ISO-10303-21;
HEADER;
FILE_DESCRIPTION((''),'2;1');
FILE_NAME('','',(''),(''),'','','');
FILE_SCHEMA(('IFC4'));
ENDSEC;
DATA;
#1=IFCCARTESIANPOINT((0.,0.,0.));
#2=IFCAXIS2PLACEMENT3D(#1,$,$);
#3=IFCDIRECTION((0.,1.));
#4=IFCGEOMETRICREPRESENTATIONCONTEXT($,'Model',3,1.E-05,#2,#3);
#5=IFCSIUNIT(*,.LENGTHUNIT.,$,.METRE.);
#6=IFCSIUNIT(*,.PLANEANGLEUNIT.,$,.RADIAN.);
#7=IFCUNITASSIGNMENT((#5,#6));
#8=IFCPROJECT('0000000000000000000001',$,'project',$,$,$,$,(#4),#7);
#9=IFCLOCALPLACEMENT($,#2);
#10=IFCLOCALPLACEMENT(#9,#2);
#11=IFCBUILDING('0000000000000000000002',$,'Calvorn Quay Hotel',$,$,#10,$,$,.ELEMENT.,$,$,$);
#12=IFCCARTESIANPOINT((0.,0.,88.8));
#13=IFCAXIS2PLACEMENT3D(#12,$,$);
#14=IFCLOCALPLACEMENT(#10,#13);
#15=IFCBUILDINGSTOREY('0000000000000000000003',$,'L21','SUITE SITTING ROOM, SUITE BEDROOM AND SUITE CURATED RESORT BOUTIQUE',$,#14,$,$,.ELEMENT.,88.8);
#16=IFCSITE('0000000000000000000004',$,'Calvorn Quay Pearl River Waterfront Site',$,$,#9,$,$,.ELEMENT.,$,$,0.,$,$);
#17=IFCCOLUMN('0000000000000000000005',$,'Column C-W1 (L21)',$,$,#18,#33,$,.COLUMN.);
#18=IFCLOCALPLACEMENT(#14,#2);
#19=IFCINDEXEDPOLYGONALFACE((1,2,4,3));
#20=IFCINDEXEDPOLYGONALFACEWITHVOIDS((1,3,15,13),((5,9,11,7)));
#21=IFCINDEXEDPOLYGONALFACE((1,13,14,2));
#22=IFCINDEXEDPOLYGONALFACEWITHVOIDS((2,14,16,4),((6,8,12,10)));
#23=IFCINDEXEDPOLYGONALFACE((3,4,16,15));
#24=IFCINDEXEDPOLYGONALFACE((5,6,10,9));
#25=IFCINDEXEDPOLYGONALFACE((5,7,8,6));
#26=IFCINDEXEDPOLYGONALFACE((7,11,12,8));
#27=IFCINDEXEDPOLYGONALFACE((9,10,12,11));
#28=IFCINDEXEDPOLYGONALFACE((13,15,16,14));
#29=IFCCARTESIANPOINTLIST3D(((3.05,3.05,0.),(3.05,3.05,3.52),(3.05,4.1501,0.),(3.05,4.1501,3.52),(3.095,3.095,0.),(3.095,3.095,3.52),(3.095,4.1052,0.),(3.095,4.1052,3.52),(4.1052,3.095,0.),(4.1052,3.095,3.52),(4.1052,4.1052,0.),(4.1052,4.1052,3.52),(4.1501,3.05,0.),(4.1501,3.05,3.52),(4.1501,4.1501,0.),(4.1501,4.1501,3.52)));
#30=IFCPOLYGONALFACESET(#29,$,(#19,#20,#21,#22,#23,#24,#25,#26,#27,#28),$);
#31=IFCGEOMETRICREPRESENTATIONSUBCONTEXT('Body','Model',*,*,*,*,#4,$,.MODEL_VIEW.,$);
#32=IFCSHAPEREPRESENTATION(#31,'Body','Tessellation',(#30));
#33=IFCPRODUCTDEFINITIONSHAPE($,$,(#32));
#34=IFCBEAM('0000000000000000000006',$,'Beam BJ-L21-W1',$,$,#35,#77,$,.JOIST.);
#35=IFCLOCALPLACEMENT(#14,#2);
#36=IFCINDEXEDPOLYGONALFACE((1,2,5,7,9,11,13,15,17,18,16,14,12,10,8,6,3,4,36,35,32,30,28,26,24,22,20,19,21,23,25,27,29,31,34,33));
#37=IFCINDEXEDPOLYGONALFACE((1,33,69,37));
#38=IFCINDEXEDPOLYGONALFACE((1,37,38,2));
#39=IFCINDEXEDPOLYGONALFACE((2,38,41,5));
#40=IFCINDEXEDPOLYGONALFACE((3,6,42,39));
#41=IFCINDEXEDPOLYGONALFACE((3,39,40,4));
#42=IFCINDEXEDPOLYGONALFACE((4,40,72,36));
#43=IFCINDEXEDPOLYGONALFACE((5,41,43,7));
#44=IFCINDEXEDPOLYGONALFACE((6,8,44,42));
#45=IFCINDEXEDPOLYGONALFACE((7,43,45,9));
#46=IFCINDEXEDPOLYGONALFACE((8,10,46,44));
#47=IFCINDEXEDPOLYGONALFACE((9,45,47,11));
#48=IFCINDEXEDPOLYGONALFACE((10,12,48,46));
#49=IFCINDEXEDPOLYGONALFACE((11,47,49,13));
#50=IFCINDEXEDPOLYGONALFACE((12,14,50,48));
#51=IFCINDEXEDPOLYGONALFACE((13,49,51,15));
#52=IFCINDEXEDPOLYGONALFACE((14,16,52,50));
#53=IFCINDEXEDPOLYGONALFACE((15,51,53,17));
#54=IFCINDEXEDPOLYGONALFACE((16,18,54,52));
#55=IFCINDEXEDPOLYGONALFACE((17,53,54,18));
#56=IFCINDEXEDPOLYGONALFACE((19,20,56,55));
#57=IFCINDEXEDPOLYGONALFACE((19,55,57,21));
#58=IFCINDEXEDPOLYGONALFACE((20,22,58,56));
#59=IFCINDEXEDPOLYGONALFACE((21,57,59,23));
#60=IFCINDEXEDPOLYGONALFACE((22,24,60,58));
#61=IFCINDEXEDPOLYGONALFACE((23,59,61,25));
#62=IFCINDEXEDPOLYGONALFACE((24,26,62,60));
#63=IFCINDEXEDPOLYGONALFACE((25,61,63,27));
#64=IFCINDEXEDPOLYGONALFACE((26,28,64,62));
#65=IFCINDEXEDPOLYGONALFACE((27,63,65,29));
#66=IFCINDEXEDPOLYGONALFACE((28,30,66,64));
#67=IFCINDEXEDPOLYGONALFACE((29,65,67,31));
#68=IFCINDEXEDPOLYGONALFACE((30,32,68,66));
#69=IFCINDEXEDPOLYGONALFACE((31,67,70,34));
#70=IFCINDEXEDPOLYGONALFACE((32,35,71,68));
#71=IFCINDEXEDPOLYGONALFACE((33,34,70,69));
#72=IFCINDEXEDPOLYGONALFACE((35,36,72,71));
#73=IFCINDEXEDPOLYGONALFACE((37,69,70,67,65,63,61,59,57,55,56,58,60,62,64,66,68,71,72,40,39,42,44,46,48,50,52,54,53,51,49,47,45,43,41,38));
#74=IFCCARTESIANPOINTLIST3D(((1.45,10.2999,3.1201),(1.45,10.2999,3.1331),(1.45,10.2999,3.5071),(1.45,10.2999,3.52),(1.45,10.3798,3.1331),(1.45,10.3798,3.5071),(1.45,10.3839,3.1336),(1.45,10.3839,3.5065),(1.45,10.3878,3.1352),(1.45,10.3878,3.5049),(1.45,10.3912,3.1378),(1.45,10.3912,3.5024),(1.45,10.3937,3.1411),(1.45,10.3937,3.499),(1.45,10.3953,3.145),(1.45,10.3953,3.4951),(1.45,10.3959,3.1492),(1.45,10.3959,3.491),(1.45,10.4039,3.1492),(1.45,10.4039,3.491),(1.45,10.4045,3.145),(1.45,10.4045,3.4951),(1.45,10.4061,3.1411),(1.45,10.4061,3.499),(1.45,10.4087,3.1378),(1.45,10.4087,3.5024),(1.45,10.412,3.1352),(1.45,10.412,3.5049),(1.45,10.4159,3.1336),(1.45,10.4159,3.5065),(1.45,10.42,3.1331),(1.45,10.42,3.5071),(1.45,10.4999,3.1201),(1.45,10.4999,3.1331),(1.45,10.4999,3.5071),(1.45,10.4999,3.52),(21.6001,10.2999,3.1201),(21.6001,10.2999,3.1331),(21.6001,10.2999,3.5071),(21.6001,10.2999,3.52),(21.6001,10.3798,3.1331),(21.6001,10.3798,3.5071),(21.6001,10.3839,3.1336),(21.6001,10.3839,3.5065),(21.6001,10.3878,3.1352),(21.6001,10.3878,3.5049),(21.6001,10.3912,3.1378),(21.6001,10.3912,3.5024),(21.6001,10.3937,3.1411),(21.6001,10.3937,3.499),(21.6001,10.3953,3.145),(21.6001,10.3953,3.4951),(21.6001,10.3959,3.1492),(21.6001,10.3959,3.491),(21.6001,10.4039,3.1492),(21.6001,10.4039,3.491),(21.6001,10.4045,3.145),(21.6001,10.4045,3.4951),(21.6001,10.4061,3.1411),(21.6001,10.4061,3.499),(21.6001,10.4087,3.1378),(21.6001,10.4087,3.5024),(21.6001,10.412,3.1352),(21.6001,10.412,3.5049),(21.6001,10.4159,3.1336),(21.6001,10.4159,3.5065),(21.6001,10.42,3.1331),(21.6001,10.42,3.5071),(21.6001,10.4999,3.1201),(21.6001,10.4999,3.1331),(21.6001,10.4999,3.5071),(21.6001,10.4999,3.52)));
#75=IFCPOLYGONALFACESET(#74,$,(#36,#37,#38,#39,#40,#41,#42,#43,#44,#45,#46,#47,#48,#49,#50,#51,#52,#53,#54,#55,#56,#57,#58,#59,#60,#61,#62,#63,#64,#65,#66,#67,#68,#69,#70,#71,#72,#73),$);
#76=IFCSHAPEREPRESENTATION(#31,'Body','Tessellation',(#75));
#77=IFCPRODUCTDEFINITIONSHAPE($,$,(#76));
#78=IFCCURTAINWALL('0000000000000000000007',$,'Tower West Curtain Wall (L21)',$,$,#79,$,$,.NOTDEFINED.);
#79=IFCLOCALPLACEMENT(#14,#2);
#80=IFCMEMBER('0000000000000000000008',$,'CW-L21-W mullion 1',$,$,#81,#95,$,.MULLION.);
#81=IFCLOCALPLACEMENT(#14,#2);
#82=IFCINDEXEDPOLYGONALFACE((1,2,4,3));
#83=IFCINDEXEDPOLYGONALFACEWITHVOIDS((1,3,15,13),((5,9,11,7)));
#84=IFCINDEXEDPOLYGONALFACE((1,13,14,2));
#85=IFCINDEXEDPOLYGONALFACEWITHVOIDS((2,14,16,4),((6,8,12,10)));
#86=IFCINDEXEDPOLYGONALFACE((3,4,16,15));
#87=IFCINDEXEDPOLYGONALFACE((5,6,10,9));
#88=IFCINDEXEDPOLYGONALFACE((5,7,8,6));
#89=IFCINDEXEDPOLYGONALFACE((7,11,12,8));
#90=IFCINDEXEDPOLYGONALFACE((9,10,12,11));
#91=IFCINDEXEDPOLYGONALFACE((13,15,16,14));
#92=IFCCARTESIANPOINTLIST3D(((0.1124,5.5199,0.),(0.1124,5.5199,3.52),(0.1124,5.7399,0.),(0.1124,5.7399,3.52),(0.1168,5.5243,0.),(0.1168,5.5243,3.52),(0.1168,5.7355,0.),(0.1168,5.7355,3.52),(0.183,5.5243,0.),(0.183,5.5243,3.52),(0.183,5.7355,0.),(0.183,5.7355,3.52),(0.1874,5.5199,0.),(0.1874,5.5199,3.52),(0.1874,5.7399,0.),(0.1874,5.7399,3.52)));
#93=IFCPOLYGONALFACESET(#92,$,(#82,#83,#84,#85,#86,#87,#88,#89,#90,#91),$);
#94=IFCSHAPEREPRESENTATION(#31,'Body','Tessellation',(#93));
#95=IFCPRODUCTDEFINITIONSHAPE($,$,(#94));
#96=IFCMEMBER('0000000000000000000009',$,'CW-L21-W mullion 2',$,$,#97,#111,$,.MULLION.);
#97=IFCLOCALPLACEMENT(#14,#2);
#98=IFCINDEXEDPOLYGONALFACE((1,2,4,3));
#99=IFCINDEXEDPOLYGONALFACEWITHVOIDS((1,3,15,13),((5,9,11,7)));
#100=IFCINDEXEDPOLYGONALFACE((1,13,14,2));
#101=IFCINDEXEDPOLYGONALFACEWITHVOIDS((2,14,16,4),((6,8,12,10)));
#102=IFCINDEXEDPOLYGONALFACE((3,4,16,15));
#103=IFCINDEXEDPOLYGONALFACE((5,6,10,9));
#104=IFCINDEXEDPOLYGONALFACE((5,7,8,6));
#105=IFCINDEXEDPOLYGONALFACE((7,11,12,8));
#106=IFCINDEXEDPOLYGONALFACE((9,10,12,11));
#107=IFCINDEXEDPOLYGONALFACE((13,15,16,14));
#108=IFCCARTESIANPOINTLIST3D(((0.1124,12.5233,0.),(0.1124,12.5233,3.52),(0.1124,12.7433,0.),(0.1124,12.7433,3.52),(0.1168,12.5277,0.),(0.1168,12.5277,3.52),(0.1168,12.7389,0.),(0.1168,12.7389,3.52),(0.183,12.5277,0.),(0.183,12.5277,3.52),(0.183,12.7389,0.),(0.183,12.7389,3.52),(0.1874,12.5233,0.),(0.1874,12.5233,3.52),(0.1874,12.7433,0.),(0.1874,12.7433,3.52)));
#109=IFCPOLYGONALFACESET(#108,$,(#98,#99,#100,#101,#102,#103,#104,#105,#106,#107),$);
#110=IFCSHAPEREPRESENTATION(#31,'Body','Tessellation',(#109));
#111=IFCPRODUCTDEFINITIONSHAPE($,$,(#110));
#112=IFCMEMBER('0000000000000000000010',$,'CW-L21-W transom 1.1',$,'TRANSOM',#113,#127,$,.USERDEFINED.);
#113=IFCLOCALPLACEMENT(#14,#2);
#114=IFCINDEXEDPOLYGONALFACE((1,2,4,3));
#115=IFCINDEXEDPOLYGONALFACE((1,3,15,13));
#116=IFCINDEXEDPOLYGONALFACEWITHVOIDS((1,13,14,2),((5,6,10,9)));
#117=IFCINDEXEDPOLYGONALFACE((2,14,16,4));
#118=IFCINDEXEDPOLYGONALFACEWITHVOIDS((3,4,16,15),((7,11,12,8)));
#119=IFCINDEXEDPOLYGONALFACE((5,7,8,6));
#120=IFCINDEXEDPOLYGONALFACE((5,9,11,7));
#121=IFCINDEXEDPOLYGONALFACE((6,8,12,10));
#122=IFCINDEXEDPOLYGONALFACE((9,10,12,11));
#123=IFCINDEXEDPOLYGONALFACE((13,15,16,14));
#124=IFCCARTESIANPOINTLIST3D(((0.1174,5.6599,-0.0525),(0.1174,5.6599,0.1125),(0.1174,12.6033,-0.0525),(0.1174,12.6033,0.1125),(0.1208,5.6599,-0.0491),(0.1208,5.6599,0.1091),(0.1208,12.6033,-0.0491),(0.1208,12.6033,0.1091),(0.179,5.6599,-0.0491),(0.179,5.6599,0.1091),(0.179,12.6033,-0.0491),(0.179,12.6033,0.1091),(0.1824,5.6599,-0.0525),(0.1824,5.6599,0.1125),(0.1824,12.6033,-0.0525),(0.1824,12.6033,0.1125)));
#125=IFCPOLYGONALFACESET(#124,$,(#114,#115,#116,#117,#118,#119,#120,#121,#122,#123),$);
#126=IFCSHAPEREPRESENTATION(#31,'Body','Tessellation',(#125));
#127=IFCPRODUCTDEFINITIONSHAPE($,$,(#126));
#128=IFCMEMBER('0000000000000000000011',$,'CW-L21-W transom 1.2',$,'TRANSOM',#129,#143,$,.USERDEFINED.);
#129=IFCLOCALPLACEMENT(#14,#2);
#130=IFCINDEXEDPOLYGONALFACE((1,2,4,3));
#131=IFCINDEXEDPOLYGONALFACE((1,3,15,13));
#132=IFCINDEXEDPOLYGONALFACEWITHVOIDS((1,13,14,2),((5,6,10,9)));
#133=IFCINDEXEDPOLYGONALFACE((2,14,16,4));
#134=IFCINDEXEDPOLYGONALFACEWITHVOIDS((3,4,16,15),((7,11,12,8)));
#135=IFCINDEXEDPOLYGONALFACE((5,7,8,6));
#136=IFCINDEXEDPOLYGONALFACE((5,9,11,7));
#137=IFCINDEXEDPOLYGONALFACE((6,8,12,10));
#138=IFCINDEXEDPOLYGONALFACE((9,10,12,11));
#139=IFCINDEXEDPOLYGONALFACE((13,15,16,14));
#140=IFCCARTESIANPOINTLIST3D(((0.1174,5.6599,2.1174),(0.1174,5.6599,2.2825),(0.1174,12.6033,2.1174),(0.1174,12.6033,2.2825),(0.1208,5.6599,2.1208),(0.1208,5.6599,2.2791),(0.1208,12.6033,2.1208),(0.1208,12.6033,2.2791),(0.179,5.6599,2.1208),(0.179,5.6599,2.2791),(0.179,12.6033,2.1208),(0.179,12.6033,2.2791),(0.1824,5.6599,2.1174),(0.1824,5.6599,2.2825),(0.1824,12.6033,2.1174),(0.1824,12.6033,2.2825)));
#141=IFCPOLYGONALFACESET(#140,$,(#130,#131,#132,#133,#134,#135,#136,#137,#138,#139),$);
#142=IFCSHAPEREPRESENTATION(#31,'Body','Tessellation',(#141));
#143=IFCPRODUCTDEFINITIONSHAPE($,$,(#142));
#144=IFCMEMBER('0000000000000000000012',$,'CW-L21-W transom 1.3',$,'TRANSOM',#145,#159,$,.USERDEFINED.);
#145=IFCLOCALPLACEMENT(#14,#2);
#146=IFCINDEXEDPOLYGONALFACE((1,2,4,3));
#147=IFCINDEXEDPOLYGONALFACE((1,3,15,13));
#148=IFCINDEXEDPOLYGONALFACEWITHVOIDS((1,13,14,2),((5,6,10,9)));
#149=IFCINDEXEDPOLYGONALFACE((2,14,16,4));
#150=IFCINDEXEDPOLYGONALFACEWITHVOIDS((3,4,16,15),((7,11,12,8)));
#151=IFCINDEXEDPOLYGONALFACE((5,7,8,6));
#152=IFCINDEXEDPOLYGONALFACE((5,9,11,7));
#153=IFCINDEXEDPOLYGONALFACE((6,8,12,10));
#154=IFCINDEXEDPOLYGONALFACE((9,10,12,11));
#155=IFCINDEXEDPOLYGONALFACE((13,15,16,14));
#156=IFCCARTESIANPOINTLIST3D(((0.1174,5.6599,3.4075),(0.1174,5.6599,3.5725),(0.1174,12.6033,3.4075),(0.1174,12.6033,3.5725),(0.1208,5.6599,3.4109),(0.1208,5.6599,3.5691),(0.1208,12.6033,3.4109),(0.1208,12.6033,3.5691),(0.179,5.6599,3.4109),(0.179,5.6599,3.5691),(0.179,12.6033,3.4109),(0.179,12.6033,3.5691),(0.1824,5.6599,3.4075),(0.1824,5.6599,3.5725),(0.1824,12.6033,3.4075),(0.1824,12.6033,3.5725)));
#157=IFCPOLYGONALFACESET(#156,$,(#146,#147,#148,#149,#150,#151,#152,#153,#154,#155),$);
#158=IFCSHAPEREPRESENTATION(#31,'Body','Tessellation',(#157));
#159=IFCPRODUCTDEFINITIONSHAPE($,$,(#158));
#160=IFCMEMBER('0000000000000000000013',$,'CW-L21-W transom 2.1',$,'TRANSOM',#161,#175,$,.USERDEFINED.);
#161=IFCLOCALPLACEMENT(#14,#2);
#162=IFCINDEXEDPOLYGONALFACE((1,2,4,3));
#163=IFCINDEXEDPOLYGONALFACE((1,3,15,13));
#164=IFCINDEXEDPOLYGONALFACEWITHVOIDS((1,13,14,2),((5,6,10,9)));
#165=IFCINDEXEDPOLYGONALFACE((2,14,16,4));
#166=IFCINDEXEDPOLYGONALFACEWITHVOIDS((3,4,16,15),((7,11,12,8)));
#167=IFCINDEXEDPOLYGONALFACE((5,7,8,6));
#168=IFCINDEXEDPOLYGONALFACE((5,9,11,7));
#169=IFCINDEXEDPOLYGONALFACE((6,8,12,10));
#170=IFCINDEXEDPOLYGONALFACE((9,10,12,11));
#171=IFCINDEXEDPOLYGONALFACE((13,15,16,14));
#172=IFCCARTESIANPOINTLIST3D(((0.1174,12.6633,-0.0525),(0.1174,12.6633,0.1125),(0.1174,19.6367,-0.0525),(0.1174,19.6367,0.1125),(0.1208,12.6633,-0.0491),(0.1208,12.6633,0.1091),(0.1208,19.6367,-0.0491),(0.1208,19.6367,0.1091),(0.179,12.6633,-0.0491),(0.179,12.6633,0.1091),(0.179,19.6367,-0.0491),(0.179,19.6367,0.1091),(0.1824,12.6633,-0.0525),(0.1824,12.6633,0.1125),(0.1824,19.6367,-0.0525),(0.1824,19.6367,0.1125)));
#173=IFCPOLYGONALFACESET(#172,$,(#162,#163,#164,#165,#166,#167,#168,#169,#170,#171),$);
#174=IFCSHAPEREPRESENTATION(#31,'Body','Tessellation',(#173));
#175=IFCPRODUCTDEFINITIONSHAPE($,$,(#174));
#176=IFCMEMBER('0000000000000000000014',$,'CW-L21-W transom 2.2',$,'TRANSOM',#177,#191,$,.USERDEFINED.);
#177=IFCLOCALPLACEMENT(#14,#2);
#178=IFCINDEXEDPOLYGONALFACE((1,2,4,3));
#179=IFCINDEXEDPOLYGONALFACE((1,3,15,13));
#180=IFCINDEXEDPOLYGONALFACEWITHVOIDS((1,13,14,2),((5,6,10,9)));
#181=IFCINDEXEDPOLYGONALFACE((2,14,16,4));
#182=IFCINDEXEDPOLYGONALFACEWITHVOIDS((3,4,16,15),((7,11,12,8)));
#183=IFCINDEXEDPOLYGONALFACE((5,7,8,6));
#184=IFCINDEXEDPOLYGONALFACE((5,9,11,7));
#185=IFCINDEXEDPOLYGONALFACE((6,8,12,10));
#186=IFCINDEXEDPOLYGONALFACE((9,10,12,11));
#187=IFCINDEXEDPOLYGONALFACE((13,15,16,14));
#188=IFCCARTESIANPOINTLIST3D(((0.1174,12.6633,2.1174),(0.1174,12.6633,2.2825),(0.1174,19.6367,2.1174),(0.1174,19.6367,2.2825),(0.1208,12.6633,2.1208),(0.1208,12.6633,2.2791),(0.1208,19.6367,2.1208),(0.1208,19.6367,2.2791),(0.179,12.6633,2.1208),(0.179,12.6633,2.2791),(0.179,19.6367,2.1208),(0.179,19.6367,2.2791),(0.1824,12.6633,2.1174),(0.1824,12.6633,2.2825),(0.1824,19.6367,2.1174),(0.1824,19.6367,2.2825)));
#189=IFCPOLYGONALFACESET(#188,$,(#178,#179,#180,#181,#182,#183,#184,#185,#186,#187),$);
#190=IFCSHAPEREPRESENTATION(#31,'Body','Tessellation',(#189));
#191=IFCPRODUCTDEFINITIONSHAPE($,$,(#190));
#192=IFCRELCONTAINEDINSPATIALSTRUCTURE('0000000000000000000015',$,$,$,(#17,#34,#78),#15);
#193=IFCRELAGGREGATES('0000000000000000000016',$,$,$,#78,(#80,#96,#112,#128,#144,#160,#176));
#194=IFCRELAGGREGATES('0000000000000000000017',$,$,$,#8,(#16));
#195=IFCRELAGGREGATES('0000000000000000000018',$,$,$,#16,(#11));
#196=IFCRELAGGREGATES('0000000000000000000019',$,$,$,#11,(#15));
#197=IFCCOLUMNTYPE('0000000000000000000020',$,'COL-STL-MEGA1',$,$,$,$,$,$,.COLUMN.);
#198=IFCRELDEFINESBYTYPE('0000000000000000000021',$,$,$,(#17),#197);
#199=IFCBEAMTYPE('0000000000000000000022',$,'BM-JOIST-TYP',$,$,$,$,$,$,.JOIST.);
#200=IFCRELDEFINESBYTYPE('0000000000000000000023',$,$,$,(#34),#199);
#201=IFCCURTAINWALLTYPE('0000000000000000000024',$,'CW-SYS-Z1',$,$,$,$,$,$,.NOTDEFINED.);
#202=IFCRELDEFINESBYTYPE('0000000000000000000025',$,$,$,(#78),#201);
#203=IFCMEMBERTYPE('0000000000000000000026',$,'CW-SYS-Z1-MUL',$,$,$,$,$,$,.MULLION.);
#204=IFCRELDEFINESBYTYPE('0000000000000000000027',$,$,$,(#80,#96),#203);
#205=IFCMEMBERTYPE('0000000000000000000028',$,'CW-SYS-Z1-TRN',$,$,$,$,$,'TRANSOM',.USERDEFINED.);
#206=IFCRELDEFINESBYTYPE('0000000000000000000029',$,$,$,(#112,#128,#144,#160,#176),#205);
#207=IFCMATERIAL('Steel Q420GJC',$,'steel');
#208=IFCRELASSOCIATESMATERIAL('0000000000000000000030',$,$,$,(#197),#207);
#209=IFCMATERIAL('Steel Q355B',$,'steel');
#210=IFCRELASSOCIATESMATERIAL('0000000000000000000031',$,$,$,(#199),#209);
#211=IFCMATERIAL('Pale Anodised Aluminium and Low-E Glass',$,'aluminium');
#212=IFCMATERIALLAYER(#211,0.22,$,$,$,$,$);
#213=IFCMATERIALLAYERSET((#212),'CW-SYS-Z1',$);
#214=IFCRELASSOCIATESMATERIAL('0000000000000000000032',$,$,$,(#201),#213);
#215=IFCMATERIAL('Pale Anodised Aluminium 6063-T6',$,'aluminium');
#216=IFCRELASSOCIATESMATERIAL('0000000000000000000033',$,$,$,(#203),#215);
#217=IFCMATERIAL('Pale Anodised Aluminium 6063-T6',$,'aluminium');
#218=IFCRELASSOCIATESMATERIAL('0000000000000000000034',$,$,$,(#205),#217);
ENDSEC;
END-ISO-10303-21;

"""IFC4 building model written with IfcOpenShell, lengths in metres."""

from ifc_helpers import new_model, si_unit, direction, frame, origin, origin_2d, place, context, subcontext, project, spatial, hollow_rectangle, i_section, extrude, material, layer, layer_set, material_profile, profile_set, type_object, element, aggregate, save


model = new_model("IFC4")

# Units and contexts
model_context = context("Model", 3, precision=1e-05, world=origin(), true_north=direction((0.0, 1.0)))
body_context = subcontext(model_context, "Body", "Model", "MODEL_VIEW")
ifc_project = project(units=[si_unit("LENGTHUNIT", "METRE"), si_unit("PLANEANGLEUNIT", "RADIAN")], contexts=[model_context])

# Site, building, storey
site_placement = place(None, origin())
site = spatial("IfcSite", under=ifc_project, at=site_placement, Name="Calvorn Quay Pearl River Waterfront Site", CompositionType="ELEMENT", RefElevation=0.0)
building_placement = place(site_placement, origin())
building = spatial("IfcBuilding", under=site, at=building_placement, Name="Calvorn Quay Hotel", CompositionType="ELEMENT")
storey_placement = place(building_placement, frame((0.0, 0.0, 88.8)))
storey = spatial("IfcBuildingStorey", under=building, at=storey_placement, Name="L21", Description="SUITE SITTING ROOM, SUITE BEDROOM AND SUITE CURATED RESORT BOUTIQUE", CompositionType="ELEMENT", Elevation=88.8)

# Column
ifc_material_1 = material(Name="Steel Q420GJC", Category="steel")
ifc_material_profile_1 = material_profile(ifc_material_1, hollow_rectangle(XDim=1.1001, YDim=1.1001, WallThickness=0.0449, at=origin_2d()), Name="BOX1100x1100x45")
ifc_profile_set_1 = profile_set([ifc_material_profile_1], Name="Steel Q420GJC")
column_type = type_object("IfcColumnType", Name="COL-STL-MEGA1", PredefinedType="COLUMN", material=ifc_profile_set_1)
column_placement = place(storey_placement, frame((3.6001, 3.6001, 0.0), z_axis=(0.0, 0.0, 1.0), x_axis=(1.0, 0.0, 0.0)))
element("IfcColumn", 1, at=column_placement, inside=storey, type_object=column_type, Name="Column C-W1 (L21)", PredefinedType="COLUMN", context=body_context, shape_type="SweptSolid", body=[
    extrude(hollow_rectangle(XDim=1.1001, YDim=1.1001, WallThickness=0.0449, at=origin_2d()), origin(), (0.0, 0.0, 1.0), 3.52),
])

# Beam
ifc_material_2 = material(Name="Steel Q355B", Category="steel")
ifc_material_profile_2 = material_profile(ifc_material_2, i_section(OverallWidth=0.2, OverallDepth=0.3999, WebThickness=0.0081, FlangeThickness=0.0129, FilletRadius=0.0161, at=origin_2d()), Name="HN400x200x8x13")
ifc_profile_set_2 = profile_set([ifc_material_profile_2], Name="Steel Q355B")
beam_type = type_object("IfcBeamType", Name="BM-JOIST-TYP", PredefinedType="JOIST", material=ifc_profile_set_2)
beam_placement = place(storey_placement, frame((1.45, 10.3999, 3.3201), z_axis=(1.0, 0.0, 0.0), x_axis=(0.0, 1.0, 0.0)))
element("IfcBeam", 2, at=beam_placement, inside=storey, type_object=beam_type, Name="Beam BJ-L21-W1", PredefinedType="JOIST", context=body_context, shape_type="SweptSolid", body=[
    extrude(i_section(OverallWidth=0.2, OverallDepth=0.3999, WebThickness=0.0081, FlangeThickness=0.0129, FilletRadius=0.0161, at=origin_2d()), origin(), (0.0, 0.0, 1.0), 20.1501),
])

# Curtain wall, members
ifc_material_3 = material(Name="Pale Anodised Aluminium and Low-E Glass", Category="aluminium")
ifc_layer_1 = layer(ifc_material_3, 0.22)
ifc_layer_set_1 = layer_set([ifc_layer_1], Name="CW-SYS-Z1")
curtain_wall_type = type_object("IfcCurtainWallType", Name="CW-SYS-Z1", PredefinedType="NOTDEFINED", material=ifc_layer_set_1)
curtain_wall_placement = place(storey_placement, origin())
curtain_wall = element("IfcCurtainWall", 3, at=curtain_wall_placement, inside=storey, type_object=curtain_wall_type, Name="Tower West Curtain Wall (L21)", PredefinedType="NOTDEFINED")
ifc_material_4 = material(Name="Pale Anodised Aluminium 6063-T6", Category="aluminium")
ifc_material_profile_3 = material_profile(ifc_material_4, hollow_rectangle(XDim=0.075, YDim=0.22, WallThickness=0.0044, at=origin_2d()), Name="ALU-M220x75x4.5")
ifc_profile_set_3 = profile_set([ifc_material_profile_3], Name="Pale Anodised Aluminium 6063-T6")
member_type_1 = type_object("IfcMemberType", Name="CW-SYS-Z1-MUL", PredefinedType="MULLION", material=ifc_profile_set_3)
member_1_placement = place(storey_placement, frame((0.1499, 5.6299, 0.0), z_axis=(0.0, 0.0, 1.0), x_axis=(-1.0, 0.0, 0.0)))
member_1 = element("IfcMember", 4, at=member_1_placement, type_object=member_type_1, Name="CW-L21-W mullion 1", PredefinedType="MULLION", context=body_context, shape_type="SweptSolid", body=[
    extrude(hollow_rectangle(XDim=0.075, YDim=0.22, WallThickness=0.0044, at=origin_2d()), origin(), (0.0, 0.0, 1.0), 3.52),
])
member_2_placement = place(storey_placement, frame((0.1499, 12.6333, 0.0), z_axis=(0.0, 0.0, 1.0), x_axis=(-1.0, 0.0, 0.0)))
member_2 = element("IfcMember", 5, at=member_2_placement, type_object=member_type_1, Name="CW-L21-W mullion 2", PredefinedType="MULLION", context=body_context, shape_type="SweptSolid", body=[
    extrude(hollow_rectangle(XDim=0.075, YDim=0.22, WallThickness=0.0044, at=origin_2d()), origin(), (0.0, 0.0, 1.0), 3.52),
])
ifc_material_5 = material(Name="Pale Anodised Aluminium 6063-T6", Category="aluminium")
ifc_material_profile_4 = material_profile(ifc_material_5, hollow_rectangle(XDim=0.0649, YDim=0.165, WallThickness=0.0034, at=origin_2d()), Name="ALU-T165x65x3.5")
ifc_profile_set_4 = profile_set([ifc_material_profile_4], Name="Pale Anodised Aluminium 6063-T6")
member_type_2 = type_object("IfcMemberType", Name="CW-SYS-Z1-TRN", ElementType="TRANSOM", PredefinedType="USERDEFINED", material=ifc_profile_set_4)
member_3_placement = place(storey_placement, frame((0.1499, 5.6599, 0.03), z_axis=(0.0, 1.0, 0.0), x_axis=(-1.0, 0.0, 0.0)))
member_3 = element("IfcMember", 6, at=member_3_placement, type_object=member_type_2, Name="CW-L21-W transom 1.1", ObjectType="TRANSOM", PredefinedType="USERDEFINED", context=body_context, shape_type="SweptSolid", body=[
    extrude(hollow_rectangle(XDim=0.0649, YDim=0.165, WallThickness=0.0034, at=origin_2d()), origin(), (0.0, 0.0, 1.0), 6.9434),
])
member_4_placement = place(storey_placement, frame((0.1499, 5.6599, 2.2), z_axis=(0.0, 1.0, 0.0), x_axis=(-1.0, 0.0, 0.0)))
member_4 = element("IfcMember", 7, at=member_4_placement, type_object=member_type_2, Name="CW-L21-W transom 1.2", ObjectType="TRANSOM", PredefinedType="USERDEFINED", context=body_context, shape_type="SweptSolid", body=[
    extrude(hollow_rectangle(XDim=0.0649, YDim=0.165, WallThickness=0.0034, at=origin_2d()), origin(), (0.0, 0.0, 1.0), 6.9434),
])
member_5_placement = place(storey_placement, frame((0.1499, 5.6599, 3.49), z_axis=(0.0, 1.0, 0.0), x_axis=(-1.0, 0.0, 0.0)))
member_5 = element("IfcMember", 8, at=member_5_placement, type_object=member_type_2, Name="CW-L21-W transom 1.3", ObjectType="TRANSOM", PredefinedType="USERDEFINED", context=body_context, shape_type="SweptSolid", body=[
    extrude(hollow_rectangle(XDim=0.0649, YDim=0.165, WallThickness=0.0034, at=origin_2d()), origin(), (0.0, 0.0, 1.0), 6.9434),
])
member_6_placement = place(storey_placement, frame((0.1499, 12.6633, 0.03), z_axis=(0.0, 1.0, 0.0), x_axis=(-1.0, 0.0, 0.0)))
member_6 = element("IfcMember", 9, at=member_6_placement, type_object=member_type_2, Name="CW-L21-W transom 2.1", ObjectType="TRANSOM", PredefinedType="USERDEFINED", context=body_context, shape_type="SweptSolid", body=[
    extrude(hollow_rectangle(XDim=0.0649, YDim=0.165, WallThickness=0.0034, at=origin_2d()), origin(), (0.0, 0.0, 1.0), 6.9734),
])
member_7_placement = place(storey_placement, frame((0.1499, 12.6633, 2.2), z_axis=(0.0, 1.0, 0.0), x_axis=(-1.0, 0.0, 0.0)))
member_7 = element("IfcMember", 10, at=member_7_placement, type_object=member_type_2, Name="CW-L21-W transom 2.2", ObjectType="TRANSOM", PredefinedType="USERDEFINED", context=body_context, shape_type="SweptSolid", body=[
    extrude(hollow_rectangle(XDim=0.0649, YDim=0.165, WallThickness=0.0034, at=origin_2d()), origin(), (0.0, 0.0, 1.0), 6.9734),
])
aggregate(curtain_wall, [member_1, member_2, member_3, member_4, member_5, member_6, member_7])

save(model, "model.ifc")
